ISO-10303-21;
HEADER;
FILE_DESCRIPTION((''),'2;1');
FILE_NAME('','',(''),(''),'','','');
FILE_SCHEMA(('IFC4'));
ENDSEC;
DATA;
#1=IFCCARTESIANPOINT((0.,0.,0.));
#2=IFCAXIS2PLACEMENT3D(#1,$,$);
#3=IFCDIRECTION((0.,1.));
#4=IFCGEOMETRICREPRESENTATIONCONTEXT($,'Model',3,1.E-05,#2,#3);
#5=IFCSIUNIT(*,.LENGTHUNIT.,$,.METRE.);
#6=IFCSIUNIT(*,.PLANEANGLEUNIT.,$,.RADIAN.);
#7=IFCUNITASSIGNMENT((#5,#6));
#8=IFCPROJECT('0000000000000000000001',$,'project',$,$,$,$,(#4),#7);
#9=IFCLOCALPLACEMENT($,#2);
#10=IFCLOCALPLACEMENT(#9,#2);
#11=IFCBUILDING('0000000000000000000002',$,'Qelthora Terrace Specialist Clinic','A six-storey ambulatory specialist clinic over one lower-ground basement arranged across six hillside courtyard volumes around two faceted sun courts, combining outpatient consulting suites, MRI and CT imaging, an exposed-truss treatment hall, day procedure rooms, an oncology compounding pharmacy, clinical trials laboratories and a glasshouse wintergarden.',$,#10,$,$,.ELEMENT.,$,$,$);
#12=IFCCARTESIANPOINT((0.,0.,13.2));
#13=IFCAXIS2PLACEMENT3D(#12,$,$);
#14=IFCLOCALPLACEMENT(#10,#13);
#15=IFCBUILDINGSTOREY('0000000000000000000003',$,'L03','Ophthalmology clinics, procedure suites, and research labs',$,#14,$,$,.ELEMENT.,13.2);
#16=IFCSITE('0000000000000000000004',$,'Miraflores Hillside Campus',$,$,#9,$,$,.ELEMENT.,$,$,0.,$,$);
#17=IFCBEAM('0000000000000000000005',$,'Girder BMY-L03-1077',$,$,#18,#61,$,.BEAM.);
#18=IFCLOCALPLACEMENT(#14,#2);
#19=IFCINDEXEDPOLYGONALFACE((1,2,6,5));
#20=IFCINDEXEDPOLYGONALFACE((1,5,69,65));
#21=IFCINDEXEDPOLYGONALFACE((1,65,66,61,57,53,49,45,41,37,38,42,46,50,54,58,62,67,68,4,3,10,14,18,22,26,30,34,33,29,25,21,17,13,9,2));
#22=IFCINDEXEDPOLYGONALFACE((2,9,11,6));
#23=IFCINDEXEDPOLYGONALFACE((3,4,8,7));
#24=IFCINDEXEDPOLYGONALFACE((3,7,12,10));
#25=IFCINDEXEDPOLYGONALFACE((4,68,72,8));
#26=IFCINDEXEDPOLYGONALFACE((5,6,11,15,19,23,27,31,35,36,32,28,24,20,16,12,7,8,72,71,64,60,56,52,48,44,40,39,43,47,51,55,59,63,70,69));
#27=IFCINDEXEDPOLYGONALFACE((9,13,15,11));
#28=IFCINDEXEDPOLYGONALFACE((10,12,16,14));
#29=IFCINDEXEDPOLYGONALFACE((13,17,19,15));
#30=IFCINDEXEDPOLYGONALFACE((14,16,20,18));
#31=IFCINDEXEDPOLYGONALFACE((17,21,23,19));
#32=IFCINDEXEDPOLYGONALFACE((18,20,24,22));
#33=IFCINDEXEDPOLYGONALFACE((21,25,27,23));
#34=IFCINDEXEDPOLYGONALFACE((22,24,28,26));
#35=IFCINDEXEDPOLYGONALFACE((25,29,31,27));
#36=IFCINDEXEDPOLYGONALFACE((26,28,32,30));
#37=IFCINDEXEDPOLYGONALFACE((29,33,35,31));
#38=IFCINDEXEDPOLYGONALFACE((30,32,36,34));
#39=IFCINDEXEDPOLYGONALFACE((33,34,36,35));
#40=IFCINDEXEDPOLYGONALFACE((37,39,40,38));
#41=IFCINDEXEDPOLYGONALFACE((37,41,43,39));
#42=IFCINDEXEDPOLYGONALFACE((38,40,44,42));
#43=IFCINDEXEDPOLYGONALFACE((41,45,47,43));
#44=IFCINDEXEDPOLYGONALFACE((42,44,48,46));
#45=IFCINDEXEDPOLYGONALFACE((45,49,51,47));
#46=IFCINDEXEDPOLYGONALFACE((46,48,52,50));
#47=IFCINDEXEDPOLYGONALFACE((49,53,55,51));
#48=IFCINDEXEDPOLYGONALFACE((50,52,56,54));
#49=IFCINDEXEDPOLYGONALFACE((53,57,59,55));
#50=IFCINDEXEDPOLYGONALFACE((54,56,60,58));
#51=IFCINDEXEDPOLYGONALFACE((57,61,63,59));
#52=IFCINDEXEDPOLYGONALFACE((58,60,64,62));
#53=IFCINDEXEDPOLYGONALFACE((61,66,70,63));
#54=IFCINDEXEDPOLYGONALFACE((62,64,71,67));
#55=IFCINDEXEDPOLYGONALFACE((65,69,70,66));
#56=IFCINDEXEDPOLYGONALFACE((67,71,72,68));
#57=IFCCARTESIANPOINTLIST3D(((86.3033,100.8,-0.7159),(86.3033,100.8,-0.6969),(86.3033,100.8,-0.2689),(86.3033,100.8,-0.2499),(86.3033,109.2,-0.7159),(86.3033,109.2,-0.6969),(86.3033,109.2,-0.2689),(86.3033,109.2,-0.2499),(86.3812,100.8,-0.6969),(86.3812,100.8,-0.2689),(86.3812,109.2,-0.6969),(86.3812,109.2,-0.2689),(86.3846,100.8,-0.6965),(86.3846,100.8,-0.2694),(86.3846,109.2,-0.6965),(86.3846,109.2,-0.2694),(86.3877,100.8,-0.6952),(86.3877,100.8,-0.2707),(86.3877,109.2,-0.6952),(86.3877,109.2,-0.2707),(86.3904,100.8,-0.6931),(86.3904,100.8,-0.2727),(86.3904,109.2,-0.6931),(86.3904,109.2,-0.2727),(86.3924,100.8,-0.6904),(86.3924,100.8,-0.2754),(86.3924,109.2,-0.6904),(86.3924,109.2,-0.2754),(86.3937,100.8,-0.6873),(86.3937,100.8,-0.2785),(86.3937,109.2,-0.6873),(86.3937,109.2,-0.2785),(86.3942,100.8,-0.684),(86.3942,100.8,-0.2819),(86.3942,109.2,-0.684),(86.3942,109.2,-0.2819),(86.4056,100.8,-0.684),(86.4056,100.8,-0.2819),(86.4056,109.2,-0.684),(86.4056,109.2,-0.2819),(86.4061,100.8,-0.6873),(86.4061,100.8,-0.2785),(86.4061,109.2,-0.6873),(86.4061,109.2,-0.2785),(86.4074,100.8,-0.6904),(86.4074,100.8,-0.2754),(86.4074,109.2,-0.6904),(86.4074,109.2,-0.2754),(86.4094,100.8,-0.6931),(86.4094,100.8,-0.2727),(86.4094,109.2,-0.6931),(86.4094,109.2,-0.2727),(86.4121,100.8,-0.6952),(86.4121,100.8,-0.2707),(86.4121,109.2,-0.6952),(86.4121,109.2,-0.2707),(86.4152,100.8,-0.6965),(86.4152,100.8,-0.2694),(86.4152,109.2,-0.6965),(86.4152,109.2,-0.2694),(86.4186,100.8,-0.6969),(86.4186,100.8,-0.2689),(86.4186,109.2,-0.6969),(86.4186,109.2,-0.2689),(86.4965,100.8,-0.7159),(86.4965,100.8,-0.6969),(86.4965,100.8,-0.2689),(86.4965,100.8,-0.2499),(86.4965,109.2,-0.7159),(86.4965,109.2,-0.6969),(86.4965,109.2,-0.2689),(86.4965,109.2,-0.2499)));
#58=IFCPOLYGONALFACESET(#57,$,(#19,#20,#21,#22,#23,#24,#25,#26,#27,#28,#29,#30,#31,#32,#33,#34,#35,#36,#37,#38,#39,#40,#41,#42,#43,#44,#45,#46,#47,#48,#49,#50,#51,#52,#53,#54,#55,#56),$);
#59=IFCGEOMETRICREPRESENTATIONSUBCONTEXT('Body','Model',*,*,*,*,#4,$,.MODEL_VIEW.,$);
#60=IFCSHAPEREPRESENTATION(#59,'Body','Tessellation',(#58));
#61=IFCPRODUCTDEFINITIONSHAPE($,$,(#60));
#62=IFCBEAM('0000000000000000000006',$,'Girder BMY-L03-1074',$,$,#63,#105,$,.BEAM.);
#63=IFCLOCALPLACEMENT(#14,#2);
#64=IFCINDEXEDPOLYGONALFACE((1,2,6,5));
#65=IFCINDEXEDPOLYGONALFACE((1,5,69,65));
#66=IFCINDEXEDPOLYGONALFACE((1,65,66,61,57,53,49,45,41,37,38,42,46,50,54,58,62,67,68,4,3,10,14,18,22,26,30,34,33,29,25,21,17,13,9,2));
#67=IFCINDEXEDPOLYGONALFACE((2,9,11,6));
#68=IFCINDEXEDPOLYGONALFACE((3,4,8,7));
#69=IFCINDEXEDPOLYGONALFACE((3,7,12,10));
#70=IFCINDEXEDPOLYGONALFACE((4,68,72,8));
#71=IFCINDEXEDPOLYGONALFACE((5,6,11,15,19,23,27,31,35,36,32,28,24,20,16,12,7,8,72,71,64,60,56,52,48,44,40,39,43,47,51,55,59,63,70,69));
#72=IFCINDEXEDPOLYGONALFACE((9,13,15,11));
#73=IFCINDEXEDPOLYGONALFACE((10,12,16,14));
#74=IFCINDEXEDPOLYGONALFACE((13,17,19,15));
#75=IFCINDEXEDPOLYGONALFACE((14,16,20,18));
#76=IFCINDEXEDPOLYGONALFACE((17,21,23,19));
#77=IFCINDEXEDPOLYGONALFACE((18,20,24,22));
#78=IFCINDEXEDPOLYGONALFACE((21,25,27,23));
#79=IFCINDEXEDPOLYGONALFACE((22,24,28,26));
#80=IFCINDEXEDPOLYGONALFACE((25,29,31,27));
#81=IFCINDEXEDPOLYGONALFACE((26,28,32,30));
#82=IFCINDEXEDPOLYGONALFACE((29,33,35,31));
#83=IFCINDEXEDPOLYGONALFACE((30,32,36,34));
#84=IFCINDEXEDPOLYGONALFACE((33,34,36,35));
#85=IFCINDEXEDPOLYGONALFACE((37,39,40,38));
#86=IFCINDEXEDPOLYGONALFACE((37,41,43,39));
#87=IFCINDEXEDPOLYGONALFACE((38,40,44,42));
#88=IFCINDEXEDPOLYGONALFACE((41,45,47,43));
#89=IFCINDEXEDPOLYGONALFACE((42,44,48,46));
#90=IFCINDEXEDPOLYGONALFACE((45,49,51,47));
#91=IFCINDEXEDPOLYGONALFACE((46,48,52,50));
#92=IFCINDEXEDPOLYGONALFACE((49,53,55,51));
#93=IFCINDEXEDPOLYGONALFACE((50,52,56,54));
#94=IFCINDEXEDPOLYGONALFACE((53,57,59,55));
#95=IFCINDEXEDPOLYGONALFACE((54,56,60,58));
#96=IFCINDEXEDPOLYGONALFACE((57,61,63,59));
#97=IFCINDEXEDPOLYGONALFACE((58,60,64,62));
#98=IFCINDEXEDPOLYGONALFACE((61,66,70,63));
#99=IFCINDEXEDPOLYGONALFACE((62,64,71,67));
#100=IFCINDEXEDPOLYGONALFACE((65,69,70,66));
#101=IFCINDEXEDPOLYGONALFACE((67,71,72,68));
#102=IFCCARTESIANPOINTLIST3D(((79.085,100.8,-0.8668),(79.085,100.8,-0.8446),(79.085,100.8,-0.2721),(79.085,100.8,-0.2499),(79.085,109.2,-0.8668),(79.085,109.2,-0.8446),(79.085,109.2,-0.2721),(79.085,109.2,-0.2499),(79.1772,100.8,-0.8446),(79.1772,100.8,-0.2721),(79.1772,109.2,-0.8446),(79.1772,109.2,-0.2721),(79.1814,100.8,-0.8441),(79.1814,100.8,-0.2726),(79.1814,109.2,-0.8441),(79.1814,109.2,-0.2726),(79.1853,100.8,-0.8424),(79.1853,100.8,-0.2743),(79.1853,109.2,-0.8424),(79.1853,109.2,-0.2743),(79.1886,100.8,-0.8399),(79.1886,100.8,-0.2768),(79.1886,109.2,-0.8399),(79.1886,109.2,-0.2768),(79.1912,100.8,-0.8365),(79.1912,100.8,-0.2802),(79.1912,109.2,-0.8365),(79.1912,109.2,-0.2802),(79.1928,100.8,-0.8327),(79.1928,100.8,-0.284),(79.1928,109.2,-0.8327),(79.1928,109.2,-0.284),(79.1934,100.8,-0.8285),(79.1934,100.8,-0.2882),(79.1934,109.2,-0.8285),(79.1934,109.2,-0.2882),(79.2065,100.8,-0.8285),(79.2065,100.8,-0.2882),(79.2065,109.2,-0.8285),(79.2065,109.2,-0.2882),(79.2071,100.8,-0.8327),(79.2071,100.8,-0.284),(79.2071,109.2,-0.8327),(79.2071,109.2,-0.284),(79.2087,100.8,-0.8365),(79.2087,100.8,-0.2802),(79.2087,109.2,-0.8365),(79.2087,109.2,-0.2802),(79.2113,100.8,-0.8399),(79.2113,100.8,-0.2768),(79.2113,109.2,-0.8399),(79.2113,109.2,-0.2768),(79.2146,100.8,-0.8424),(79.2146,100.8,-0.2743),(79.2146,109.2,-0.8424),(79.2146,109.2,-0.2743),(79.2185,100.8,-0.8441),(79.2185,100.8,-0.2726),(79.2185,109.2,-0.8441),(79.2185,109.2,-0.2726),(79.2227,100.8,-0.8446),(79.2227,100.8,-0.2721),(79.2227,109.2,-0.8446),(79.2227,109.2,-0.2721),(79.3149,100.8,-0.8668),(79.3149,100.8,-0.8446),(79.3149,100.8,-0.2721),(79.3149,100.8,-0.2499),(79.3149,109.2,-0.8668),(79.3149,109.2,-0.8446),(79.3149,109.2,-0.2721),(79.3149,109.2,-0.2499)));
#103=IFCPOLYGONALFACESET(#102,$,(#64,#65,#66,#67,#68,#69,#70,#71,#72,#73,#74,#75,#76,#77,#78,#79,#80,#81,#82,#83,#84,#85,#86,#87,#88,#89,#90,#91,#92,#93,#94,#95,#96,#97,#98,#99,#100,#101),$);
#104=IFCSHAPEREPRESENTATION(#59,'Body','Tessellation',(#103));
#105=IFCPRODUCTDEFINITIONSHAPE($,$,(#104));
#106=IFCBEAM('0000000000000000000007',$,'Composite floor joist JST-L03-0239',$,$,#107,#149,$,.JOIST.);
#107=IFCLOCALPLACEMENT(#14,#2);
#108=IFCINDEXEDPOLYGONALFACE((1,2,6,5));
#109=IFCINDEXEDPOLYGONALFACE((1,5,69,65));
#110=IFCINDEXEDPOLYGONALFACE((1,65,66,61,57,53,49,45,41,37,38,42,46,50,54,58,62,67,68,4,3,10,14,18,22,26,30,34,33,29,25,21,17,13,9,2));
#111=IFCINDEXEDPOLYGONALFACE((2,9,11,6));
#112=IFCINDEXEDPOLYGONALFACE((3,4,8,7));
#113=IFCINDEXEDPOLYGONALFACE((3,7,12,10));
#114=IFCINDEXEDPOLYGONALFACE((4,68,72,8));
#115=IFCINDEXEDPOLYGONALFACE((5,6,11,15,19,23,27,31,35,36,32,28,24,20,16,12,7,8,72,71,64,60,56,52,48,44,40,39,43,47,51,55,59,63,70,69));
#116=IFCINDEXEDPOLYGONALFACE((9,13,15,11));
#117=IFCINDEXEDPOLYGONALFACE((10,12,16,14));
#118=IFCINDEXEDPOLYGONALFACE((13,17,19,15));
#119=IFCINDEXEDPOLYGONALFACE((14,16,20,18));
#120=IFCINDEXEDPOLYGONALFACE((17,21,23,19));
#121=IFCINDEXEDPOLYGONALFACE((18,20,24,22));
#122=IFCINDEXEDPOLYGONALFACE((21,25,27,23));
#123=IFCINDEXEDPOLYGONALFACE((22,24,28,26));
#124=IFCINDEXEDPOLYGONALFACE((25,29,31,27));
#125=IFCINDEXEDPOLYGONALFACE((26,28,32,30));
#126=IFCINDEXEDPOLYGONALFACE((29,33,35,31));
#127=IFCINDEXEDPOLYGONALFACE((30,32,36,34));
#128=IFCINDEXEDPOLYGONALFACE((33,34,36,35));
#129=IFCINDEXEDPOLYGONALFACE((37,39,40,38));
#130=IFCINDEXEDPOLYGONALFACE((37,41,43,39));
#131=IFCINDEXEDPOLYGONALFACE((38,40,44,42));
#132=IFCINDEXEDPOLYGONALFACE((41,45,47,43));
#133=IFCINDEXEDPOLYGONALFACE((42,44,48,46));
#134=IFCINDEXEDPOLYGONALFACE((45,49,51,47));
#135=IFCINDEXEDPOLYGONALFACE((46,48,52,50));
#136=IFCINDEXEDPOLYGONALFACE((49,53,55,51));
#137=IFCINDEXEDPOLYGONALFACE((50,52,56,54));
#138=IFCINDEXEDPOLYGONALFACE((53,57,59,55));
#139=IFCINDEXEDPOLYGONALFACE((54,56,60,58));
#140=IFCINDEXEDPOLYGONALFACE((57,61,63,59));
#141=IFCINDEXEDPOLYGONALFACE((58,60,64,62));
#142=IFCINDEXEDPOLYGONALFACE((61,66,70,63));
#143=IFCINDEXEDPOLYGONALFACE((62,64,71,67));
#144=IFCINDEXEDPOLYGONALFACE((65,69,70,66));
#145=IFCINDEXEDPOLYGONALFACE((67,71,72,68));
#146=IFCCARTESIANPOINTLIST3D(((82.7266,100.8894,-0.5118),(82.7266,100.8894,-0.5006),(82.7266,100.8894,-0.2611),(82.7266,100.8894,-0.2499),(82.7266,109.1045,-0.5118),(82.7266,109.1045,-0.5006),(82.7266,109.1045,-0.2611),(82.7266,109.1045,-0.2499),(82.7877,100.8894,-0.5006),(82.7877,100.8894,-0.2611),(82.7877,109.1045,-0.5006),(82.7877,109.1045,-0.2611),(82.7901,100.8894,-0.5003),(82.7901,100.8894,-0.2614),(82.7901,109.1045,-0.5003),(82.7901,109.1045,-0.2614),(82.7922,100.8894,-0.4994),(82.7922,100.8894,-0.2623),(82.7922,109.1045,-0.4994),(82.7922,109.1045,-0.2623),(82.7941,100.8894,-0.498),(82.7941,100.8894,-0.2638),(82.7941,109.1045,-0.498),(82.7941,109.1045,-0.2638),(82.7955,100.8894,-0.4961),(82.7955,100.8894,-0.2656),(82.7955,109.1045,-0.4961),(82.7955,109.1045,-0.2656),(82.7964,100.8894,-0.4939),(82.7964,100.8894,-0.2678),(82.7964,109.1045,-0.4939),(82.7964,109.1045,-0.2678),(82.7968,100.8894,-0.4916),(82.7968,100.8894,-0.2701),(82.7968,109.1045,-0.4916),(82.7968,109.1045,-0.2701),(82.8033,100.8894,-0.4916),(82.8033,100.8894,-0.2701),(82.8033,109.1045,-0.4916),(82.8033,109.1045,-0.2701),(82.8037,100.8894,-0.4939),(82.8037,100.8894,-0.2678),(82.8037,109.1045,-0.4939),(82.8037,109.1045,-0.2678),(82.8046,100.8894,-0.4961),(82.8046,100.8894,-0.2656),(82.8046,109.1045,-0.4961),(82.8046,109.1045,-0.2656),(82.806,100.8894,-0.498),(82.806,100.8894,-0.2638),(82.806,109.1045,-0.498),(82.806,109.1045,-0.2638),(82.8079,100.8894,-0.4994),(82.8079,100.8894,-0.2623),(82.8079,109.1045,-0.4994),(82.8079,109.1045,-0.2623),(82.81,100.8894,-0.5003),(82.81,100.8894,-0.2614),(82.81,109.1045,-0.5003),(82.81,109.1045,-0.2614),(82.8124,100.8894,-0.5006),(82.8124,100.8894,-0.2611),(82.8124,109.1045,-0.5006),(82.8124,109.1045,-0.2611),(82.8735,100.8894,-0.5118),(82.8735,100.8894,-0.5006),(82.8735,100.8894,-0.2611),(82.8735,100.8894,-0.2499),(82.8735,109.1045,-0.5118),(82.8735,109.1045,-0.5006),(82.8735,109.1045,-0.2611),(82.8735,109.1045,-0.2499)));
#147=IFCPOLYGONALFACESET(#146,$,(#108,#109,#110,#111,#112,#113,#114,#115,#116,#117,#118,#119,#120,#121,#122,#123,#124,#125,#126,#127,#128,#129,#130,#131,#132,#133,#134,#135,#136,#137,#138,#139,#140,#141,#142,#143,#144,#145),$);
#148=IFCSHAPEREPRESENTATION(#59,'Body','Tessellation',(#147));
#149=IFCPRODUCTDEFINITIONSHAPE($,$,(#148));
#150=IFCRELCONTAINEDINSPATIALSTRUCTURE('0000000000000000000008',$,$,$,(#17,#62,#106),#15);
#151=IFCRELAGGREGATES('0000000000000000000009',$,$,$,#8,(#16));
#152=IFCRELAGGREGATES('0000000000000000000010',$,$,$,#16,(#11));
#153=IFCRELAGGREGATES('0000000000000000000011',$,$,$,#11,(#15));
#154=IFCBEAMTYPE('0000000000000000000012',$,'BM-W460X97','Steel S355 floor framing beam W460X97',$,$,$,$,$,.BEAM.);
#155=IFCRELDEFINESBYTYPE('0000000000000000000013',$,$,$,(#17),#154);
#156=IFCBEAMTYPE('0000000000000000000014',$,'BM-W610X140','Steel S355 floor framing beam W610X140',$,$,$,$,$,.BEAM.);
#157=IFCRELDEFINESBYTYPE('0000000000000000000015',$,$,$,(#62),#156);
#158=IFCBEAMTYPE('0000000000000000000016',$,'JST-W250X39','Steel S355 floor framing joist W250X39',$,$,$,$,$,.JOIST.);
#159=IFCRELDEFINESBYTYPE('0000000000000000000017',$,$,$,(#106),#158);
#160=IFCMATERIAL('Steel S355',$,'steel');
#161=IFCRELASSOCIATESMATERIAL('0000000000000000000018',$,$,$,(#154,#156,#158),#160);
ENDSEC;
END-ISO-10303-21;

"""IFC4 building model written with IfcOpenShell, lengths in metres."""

from ifc_helpers import new_model, si_unit, direction, frame, origin, origin_2d, place, context, subcontext, project, spatial, i_section, extrude, material, material_profile, profile_set, type_object, element, save


model = new_model("IFC4")

# Units and contexts
model_context = context("Model", 3, precision=1e-05, world=origin(), true_north=direction((0.0, 1.0)))
body_context = subcontext(model_context, "Body", "Model", "MODEL_VIEW")
ifc_project = project(units=[si_unit("LENGTHUNIT", "METRE"), si_unit("PLANEANGLEUNIT", "RADIAN")], contexts=[model_context])

# Site, building, storey
site_placement = place(None, origin())
site = spatial("IfcSite", under=ifc_project, at=site_placement, Name="Miraflores Hillside Campus", CompositionType="ELEMENT", RefElevation=0.0)
building_placement = place(site_placement, origin())
building = spatial("IfcBuilding", under=site, at=building_placement, Name="Qelthora Terrace Specialist Clinic", Description="A six-storey ambulatory specialist clinic over one lower-ground basement arranged across six hillside courtyard volumes around two faceted sun courts, combining outpatient consulting suites, MRI and CT imaging, an exposed-truss treatment hall, day procedure rooms, an oncology compounding pharmacy, clinical trials laboratories and a glasshouse wintergarden.", CompositionType="ELEMENT")
storey_placement = place(building_placement, frame((0.0, 0.0, 13.2)))
storey = spatial("IfcBuildingStorey", under=building, at=storey_placement, Name="L03", Description="Ophthalmology clinics, procedure suites, and research labs", CompositionType="ELEMENT", Elevation=13.2)

# Shared definitions
ifc_material_1 = material(Name="Steel S355", Category="steel")

# Beams
ifc_material_profile_1 = material_profile(ifc_material_1, i_section(OverallWidth=0.1931, OverallDepth=0.4661, WebThickness=0.0115, FlangeThickness=0.019, FilletRadius=0.0129, at=origin_2d()), Name="W460X97")
ifc_profile_set_1 = profile_set([ifc_material_profile_1], Name="Steel S355")
beam_type_1 = type_object("IfcBeamType", Name="BM-W460X97", Description="Steel S355 floor framing beam W460X97", PredefinedType="BEAM", material=ifc_profile_set_1)
beam_1_placement = place(storey_placement, frame((86.3999, 100.8, -0.4829), z_axis=(0.0, 1.0, 0.0), x_axis=(-1.0, 0.0, 0.0)))
element("IfcBeam", 1, at=beam_1_placement, inside=storey, type_object=beam_type_1, Name="Girder BMY-L03-1077", PredefinedType="BEAM", context=body_context, shape_type="SweptSolid", body=[
    extrude(i_section(OverallWidth=0.1931, OverallDepth=0.4661, WebThickness=0.0115, FlangeThickness=0.019, FilletRadius=0.0129, at=origin_2d()), origin(), (0.0, 0.0, 1.0), 8.3999),
])
ifc_material_profile_2 = material_profile(ifc_material_1, i_section(OverallWidth=0.23, OverallDepth=0.6169, WebThickness=0.0132, FlangeThickness=0.0222, FilletRadius=0.0161, at=origin_2d()), Name="W610X140")
ifc_profile_set_2 = profile_set([ifc_material_profile_2], Name="Steel S355")
beam_type_2 = type_object("IfcBeamType", Name="BM-W610X140", Description="Steel S355 floor framing beam W610X140", PredefinedType="BEAM", material=ifc_profile_set_2)
beam_2_placement = place(storey_placement, frame((79.2, 100.8, -0.5583), z_axis=(0.0, 1.0, 0.0), x_axis=(-1.0, 0.0, 0.0)))
element("IfcBeam", 2, at=beam_2_placement, inside=storey, type_object=beam_type_2, Name="Girder BMY-L03-1074", PredefinedType="BEAM", context=body_context, shape_type="SweptSolid", body=[
    extrude(i_section(OverallWidth=0.23, OverallDepth=0.6169, WebThickness=0.0132, FlangeThickness=0.0222, FilletRadius=0.0161, at=origin_2d()), origin(), (0.0, 0.0, 1.0), 8.3999),
])
ifc_material_profile_3 = material_profile(ifc_material_1, i_section(OverallWidth=0.147, OverallDepth=0.262, WebThickness=0.0066, FlangeThickness=0.0112, FilletRadius=0.009, at=origin_2d()), Name="W250X39")
ifc_profile_set_3 = profile_set([ifc_material_profile_3], Name="Steel S355")
beam_type_3 = type_object("IfcBeamType", Name="JST-W250X39", Description="Steel S355 floor framing joist W250X39", PredefinedType="JOIST", material=ifc_profile_set_3)
beam_3_placement = place(storey_placement, frame((82.8, 100.8894, -0.3809), z_axis=(0.0, 1.0, 0.0), x_axis=(-1.0, 0.0, 0.0)))
element("IfcBeam", 3, at=beam_3_placement, inside=storey, type_object=beam_type_3, Name="Composite floor joist JST-L03-0239", PredefinedType="JOIST", context=body_context, shape_type="SweptSolid", body=[
    extrude(i_section(OverallWidth=0.147, OverallDepth=0.262, WebThickness=0.0066, FlangeThickness=0.0112, FilletRadius=0.009, at=origin_2d()), origin(), (0.0, 0.0, 1.0), 8.2151),
])

save(model, "model.ifc")
